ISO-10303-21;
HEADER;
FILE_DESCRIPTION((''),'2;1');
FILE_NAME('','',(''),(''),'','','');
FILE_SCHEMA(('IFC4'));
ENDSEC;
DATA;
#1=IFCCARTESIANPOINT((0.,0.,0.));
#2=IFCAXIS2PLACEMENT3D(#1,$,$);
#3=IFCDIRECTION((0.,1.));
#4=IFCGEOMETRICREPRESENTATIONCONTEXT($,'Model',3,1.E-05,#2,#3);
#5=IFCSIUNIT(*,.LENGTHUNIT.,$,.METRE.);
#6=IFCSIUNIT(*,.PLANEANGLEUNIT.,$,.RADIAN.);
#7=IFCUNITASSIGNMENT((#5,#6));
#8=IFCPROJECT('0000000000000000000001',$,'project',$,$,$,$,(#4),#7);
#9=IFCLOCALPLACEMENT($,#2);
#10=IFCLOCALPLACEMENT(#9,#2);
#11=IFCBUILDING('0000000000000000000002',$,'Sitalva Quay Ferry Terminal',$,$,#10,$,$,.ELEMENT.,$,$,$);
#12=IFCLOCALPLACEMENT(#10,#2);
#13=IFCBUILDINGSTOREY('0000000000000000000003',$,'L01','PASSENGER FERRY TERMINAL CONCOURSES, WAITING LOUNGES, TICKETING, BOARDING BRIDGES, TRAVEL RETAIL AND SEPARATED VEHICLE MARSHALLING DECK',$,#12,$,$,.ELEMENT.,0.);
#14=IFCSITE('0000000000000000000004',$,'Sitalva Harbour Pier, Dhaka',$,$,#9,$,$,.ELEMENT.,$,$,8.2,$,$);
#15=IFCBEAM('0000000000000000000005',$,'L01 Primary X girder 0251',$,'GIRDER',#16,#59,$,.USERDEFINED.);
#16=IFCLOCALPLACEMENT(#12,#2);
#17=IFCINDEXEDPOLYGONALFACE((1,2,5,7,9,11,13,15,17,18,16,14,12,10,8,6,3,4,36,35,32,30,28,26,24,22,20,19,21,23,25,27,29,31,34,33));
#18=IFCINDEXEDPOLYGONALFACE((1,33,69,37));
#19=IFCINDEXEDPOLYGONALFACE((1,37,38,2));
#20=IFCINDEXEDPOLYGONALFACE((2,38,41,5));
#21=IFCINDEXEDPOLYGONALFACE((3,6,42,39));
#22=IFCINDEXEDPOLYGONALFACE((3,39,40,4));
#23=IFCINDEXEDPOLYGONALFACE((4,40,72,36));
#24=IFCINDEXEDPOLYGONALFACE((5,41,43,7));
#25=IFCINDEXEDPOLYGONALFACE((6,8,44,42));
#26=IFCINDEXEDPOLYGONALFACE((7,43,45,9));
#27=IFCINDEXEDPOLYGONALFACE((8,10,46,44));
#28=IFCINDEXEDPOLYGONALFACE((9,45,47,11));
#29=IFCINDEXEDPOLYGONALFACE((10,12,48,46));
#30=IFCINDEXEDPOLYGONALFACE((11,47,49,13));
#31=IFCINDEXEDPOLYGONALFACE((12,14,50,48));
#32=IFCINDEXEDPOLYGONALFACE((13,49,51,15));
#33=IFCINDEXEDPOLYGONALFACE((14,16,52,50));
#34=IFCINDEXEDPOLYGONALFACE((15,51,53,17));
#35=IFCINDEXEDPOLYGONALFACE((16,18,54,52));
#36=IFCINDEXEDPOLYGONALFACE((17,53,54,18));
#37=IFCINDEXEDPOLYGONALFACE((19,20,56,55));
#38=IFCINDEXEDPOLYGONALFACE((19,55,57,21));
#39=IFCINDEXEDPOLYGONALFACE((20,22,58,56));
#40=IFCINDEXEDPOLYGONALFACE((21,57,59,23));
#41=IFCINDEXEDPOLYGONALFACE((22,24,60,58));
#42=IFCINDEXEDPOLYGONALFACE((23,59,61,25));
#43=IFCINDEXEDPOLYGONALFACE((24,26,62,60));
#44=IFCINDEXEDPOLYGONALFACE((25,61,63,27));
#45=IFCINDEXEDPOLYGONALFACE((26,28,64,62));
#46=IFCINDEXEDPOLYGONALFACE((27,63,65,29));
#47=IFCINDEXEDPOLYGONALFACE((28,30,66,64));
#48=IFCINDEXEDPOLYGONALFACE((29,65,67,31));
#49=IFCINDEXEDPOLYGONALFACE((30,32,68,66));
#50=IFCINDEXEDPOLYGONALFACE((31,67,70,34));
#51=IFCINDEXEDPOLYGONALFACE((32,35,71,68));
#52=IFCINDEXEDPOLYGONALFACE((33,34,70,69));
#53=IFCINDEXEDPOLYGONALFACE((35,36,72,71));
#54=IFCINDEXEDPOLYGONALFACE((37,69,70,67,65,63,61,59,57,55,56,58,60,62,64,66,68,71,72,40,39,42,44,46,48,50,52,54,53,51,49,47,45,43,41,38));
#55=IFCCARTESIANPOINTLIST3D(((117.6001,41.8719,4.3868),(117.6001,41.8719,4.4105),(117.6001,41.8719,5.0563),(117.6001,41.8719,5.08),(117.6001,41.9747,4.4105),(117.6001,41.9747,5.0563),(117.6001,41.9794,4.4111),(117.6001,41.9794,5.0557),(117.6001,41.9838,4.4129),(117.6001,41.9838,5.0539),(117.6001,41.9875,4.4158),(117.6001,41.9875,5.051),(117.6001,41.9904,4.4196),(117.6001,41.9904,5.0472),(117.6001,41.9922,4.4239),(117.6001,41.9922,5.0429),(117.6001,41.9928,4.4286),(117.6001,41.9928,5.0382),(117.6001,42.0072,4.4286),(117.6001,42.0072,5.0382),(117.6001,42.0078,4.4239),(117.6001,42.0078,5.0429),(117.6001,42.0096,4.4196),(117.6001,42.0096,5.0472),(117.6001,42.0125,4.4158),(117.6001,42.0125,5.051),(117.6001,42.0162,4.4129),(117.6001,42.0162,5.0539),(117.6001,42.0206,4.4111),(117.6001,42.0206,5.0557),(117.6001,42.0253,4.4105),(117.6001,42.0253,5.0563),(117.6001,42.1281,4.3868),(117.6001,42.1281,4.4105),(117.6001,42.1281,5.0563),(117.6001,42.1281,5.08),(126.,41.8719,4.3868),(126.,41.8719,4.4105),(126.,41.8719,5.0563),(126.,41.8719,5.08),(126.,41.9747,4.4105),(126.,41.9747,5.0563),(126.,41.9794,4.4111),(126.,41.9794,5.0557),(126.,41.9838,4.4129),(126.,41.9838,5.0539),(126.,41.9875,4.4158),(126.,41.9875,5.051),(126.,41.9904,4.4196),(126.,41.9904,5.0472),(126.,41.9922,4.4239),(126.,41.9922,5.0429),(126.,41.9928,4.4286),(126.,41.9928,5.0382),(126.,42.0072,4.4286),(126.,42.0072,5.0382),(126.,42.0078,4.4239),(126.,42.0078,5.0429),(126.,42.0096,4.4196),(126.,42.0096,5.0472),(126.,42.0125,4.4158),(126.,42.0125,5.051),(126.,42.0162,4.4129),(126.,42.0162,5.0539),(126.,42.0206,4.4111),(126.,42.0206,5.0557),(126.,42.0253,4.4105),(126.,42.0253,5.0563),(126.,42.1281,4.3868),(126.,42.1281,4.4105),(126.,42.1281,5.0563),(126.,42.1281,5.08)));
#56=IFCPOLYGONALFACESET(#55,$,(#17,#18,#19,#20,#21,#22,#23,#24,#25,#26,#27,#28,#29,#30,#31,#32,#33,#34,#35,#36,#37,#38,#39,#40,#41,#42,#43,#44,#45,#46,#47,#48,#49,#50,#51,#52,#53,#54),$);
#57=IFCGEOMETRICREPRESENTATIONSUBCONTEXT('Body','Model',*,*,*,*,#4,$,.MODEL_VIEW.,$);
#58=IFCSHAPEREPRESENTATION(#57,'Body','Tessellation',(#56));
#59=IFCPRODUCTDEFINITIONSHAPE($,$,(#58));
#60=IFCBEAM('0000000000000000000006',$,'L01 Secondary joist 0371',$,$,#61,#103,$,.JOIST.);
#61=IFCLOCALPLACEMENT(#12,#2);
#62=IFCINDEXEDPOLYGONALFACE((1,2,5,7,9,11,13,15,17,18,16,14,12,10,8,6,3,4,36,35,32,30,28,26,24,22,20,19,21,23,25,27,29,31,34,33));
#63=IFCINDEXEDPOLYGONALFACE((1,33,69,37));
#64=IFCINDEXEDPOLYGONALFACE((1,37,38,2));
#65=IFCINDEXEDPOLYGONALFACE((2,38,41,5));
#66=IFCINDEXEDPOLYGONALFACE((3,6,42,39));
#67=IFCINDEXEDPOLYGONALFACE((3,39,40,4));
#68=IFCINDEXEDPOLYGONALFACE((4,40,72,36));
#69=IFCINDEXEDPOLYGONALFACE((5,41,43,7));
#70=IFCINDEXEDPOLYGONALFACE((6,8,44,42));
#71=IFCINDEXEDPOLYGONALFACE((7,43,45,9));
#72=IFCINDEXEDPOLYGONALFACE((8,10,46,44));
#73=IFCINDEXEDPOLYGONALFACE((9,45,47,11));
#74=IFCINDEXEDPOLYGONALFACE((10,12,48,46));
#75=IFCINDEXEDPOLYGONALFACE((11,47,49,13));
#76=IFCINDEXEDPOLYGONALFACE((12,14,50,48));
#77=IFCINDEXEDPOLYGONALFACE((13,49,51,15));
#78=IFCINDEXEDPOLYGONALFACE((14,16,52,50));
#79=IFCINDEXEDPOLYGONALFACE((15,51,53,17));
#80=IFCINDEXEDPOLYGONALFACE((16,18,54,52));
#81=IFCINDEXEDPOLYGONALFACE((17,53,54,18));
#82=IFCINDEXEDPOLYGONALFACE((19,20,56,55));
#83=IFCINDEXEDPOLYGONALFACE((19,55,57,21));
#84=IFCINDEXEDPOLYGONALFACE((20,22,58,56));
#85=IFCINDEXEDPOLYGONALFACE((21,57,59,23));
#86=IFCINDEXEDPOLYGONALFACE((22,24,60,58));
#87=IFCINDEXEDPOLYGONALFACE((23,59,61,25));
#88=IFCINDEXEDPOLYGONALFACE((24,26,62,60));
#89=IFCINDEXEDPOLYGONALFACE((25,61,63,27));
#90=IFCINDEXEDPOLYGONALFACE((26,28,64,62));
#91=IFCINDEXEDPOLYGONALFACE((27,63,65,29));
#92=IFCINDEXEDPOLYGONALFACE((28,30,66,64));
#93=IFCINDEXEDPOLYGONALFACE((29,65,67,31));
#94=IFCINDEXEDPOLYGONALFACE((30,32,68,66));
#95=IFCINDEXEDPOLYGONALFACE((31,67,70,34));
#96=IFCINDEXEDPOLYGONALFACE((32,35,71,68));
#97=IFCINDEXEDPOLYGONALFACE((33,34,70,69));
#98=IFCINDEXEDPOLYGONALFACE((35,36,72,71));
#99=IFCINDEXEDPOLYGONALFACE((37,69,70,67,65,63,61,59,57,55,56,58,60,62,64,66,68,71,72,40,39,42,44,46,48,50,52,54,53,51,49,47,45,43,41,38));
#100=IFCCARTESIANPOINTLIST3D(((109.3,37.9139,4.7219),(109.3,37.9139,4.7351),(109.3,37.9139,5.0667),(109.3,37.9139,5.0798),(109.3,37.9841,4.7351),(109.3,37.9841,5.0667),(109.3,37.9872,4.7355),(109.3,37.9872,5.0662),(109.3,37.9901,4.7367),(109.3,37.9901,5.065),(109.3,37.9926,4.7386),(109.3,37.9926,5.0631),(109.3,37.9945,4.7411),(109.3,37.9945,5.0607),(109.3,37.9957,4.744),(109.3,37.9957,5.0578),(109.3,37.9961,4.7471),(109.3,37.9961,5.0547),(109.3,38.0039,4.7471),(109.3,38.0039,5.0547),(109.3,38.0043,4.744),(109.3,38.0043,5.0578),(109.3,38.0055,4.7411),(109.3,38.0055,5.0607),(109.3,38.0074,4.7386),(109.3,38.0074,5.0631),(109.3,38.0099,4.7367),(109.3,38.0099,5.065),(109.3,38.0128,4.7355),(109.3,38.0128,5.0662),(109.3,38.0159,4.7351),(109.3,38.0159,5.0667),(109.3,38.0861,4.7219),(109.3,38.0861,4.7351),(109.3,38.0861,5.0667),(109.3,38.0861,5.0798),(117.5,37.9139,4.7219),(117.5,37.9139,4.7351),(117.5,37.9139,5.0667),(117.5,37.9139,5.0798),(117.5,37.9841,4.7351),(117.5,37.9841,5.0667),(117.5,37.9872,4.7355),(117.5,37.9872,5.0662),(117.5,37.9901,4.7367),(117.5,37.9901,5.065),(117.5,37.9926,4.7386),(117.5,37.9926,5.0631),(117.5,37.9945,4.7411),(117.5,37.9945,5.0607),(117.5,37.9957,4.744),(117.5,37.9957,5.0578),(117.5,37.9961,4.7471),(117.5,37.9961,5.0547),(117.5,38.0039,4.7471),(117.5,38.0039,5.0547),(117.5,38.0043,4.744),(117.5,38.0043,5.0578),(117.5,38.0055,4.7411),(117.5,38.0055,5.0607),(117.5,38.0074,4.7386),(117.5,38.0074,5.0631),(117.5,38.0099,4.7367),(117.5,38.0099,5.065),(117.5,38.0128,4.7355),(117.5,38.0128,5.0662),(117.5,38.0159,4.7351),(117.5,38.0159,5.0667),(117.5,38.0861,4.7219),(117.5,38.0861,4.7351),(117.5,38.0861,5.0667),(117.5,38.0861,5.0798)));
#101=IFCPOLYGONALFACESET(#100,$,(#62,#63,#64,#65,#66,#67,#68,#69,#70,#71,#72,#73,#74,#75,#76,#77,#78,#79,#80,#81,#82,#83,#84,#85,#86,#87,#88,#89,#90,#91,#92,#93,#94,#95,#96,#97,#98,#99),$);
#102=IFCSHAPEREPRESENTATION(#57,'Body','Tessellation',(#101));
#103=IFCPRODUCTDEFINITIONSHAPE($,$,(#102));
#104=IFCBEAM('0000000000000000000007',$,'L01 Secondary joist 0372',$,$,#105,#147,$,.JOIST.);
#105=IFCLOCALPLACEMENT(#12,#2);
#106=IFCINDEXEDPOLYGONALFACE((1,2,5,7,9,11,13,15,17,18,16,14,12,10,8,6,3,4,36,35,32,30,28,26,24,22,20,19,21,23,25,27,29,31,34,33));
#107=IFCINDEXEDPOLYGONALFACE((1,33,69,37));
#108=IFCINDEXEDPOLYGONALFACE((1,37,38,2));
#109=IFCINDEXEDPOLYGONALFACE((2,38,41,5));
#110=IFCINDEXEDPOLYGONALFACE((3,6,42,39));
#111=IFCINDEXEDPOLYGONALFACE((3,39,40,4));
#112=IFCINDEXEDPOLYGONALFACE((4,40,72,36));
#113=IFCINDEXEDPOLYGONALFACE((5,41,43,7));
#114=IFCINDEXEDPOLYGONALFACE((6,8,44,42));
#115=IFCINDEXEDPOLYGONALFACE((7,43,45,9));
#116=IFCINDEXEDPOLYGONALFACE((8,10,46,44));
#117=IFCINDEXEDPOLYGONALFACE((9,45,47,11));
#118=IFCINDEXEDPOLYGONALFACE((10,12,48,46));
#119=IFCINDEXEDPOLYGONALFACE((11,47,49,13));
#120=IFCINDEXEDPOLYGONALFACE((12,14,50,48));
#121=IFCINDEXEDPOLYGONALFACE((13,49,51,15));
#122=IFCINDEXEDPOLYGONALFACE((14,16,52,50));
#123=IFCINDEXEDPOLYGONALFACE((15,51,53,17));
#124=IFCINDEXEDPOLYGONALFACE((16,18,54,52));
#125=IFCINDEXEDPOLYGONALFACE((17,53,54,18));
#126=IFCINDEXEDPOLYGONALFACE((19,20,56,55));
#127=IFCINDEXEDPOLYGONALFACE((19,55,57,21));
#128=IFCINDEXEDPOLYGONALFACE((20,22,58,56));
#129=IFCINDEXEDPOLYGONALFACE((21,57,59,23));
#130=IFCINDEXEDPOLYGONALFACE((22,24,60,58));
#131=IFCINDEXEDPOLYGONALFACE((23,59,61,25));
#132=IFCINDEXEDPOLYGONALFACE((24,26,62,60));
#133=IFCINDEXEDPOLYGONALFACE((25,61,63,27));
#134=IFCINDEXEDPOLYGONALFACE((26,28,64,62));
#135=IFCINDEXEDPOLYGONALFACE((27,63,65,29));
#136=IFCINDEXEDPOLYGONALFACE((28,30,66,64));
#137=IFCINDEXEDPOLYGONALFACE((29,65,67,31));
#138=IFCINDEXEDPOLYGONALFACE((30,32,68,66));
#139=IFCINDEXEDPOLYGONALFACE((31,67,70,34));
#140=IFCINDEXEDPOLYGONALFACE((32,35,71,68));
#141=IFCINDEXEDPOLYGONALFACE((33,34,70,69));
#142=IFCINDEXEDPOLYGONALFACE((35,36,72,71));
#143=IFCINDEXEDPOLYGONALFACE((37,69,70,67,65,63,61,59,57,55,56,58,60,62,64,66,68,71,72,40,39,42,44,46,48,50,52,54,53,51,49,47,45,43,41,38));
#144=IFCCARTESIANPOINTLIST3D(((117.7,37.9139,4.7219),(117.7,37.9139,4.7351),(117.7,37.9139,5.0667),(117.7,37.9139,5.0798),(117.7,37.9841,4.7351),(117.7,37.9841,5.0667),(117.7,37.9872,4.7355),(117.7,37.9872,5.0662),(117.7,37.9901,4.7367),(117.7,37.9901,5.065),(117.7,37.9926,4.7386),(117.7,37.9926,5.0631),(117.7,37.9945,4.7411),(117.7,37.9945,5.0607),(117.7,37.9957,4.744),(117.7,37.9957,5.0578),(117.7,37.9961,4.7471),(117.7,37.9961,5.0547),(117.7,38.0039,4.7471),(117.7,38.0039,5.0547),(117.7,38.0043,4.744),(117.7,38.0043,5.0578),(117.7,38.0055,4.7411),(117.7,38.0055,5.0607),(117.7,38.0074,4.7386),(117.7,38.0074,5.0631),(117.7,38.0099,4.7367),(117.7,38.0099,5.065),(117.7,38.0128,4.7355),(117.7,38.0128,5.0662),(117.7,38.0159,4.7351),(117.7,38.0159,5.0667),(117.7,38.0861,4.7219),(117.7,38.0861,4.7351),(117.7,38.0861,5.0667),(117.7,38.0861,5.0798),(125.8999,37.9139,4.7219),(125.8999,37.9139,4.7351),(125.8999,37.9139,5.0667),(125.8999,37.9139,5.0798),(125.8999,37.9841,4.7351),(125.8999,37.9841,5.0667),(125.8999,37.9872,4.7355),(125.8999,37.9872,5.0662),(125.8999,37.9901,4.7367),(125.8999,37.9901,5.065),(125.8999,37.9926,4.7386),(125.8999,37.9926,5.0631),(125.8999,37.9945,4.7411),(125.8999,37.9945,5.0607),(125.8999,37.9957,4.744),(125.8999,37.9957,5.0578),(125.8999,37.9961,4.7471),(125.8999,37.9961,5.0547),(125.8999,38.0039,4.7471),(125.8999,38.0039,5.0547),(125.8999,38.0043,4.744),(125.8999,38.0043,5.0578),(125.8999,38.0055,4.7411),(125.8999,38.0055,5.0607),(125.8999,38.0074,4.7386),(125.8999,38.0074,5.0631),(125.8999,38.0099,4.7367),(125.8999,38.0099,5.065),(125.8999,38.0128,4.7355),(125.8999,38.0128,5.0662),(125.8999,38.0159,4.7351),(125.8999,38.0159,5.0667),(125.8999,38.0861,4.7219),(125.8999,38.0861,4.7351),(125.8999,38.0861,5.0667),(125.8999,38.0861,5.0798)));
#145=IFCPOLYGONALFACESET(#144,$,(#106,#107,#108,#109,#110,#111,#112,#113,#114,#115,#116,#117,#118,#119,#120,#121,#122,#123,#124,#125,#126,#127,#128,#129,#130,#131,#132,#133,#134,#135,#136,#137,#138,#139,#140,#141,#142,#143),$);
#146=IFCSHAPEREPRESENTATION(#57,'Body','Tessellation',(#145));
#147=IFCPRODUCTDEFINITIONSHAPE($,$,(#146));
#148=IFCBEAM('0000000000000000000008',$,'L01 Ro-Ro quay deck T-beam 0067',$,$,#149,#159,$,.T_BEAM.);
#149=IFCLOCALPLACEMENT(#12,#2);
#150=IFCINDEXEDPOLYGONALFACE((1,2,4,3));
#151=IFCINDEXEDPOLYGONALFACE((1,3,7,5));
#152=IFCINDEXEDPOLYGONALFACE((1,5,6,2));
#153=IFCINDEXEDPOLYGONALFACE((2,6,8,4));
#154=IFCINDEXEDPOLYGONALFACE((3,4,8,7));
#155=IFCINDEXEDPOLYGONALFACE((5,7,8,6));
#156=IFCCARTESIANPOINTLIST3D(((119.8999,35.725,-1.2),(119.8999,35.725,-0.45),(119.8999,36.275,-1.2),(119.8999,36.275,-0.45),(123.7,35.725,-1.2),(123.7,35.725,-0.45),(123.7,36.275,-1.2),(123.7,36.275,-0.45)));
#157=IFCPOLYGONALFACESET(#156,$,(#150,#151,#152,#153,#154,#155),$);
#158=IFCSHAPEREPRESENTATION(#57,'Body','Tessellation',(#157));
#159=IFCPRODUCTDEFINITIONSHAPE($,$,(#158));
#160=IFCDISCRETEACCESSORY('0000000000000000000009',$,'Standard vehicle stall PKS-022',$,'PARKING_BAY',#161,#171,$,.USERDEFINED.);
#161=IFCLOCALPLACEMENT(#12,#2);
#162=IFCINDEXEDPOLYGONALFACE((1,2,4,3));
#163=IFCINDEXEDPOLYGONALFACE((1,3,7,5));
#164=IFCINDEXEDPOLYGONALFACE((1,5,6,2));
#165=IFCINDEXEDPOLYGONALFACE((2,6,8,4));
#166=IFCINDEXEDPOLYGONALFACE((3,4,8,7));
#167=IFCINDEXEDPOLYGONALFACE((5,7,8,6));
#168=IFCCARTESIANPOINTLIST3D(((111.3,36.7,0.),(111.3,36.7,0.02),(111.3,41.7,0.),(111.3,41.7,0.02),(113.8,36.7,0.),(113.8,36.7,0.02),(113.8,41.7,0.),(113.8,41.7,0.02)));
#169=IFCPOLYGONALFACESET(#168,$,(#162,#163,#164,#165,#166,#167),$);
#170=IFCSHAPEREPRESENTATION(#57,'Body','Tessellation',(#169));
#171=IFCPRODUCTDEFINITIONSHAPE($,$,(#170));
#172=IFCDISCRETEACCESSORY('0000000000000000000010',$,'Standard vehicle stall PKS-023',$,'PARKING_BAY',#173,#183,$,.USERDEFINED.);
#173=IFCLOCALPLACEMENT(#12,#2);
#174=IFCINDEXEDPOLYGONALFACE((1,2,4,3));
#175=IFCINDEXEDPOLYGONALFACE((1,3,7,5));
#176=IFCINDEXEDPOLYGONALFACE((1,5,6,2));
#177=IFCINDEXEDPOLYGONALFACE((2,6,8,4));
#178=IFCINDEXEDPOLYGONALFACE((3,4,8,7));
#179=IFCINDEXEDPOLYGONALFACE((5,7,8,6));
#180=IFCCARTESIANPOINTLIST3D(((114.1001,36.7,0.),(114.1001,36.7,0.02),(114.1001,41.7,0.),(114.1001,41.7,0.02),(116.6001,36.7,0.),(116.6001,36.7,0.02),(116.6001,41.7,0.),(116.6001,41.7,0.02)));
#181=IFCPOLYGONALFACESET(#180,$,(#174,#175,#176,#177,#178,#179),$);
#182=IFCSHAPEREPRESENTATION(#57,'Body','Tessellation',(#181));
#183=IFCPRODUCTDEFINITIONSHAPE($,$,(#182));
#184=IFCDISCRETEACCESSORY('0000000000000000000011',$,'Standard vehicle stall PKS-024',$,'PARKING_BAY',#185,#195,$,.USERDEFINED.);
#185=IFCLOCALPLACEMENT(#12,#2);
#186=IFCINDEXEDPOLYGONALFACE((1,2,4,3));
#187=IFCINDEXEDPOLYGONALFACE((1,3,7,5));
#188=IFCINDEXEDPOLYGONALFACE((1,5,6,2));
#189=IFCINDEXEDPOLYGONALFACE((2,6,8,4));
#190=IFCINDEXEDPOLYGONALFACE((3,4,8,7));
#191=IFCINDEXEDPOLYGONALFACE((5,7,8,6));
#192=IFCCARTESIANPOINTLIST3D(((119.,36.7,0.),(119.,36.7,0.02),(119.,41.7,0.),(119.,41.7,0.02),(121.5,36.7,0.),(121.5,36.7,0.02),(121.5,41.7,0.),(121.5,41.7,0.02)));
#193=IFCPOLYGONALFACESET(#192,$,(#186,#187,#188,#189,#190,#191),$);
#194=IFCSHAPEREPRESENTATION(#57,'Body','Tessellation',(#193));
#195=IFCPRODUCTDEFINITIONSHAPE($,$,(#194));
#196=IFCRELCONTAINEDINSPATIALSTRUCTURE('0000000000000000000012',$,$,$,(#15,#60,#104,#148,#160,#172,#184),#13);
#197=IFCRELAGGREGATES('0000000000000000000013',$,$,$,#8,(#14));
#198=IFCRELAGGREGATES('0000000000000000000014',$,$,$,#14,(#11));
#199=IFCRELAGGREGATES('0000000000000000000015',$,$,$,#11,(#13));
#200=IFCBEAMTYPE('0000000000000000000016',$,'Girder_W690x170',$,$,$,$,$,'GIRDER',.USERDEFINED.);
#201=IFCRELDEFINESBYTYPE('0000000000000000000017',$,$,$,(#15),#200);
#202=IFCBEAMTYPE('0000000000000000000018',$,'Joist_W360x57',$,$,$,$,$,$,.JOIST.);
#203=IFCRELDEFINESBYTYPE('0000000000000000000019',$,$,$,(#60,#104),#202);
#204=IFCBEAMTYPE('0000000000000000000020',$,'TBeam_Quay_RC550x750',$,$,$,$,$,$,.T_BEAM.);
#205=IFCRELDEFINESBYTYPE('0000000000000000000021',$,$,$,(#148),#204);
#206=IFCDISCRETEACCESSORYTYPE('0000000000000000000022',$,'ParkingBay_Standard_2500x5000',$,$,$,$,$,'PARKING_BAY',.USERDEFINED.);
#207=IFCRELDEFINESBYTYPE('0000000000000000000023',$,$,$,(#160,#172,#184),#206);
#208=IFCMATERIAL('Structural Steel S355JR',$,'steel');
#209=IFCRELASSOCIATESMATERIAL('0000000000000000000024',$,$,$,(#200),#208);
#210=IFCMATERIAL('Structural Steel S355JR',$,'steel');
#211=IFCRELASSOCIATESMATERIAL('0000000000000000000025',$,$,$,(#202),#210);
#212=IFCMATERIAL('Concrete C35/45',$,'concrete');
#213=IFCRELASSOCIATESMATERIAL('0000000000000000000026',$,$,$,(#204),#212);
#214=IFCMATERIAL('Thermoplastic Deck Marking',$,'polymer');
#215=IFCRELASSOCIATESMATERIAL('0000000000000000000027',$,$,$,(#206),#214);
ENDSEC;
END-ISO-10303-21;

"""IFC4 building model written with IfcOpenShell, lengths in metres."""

from ifc_helpers import new_model, si_unit, direction, frame, origin, origin_2d, place, context, subcontext, project, spatial, rectangle, i_section, extrude, material, material_profile, profile_set, type_object, element, save


model = new_model("IFC4")

# Units and contexts
model_context = context("Model", 3, precision=1e-05, world=origin(), true_north=direction((0.0, 1.0)))
body_context = subcontext(model_context, "Body", "Model", "MODEL_VIEW")
ifc_project = project(units=[si_unit("LENGTHUNIT", "METRE"), si_unit("PLANEANGLEUNIT", "RADIAN")], contexts=[model_context])

# Site, building, storey
site_placement = place(None, origin())
site = spatial("IfcSite", under=ifc_project, at=site_placement, Name="Sitalva Harbour Pier, Dhaka", CompositionType="ELEMENT", RefElevation=8.2)
building_placement = place(site_placement, origin())
building = spatial("IfcBuilding", under=site, at=building_placement, Name="Sitalva Quay Ferry Terminal", CompositionType="ELEMENT")
storey_placement = place(building_placement, origin())
storey = spatial("IfcBuildingStorey", under=building, at=storey_placement, Name="L01", Description="PASSENGER FERRY TERMINAL CONCOURSES, WAITING LOUNGES, TICKETING, BOARDING BRIDGES, TRAVEL RETAIL AND SEPARATED VEHICLE MARSHALLING DECK", CompositionType="ELEMENT", Elevation=0.0)

# Beams
ifc_material_1 = material(Name="Structural Steel S355JR", Category="steel")
ifc_material_profile_1 = material_profile(ifc_material_1, i_section(OverallWidth=0.2561, OverallDepth=0.6931, WebThickness=0.0144, FlangeThickness=0.0237, FilletRadius=0.0181, at=origin_2d()), Name="W690x170")
ifc_profile_set_1 = profile_set([ifc_material_profile_1], Name="Structural Steel S355JR")
beam_type_1 = type_object("IfcBeamType", Name="Girder_W690x170", ElementType="GIRDER", PredefinedType="USERDEFINED", material=ifc_profile_set_1)
beam_1_placement = place(storey_placement, frame((117.6001, 42.0, 4.7334), z_axis=(1.0, 0.0, 0.0), x_axis=(0.0, 1.0, 0.0)))
element("IfcBeam", 1, at=beam_1_placement, inside=storey, type_object=beam_type_1, Name="L01 Primary X girder 0251", ObjectType="GIRDER", PredefinedType="USERDEFINED", context=body_context, shape_type="SweptSolid", body=[
    extrude(i_section(OverallWidth=0.2561, OverallDepth=0.6931, WebThickness=0.0144, FlangeThickness=0.0237, FilletRadius=0.0181, at=origin_2d()), origin(), (0.0, 0.0, 1.0), 8.3999),
])
ifc_material_2 = material(Name="Structural Steel S355JR", Category="steel")
ifc_material_profile_2 = material_profile(ifc_material_2, i_section(OverallWidth=0.1721, OverallDepth=0.3579, WebThickness=0.0078, FlangeThickness=0.0132, FilletRadius=0.012, at=origin_2d()), Name="W360x57")
ifc_profile_set_2 = profile_set([ifc_material_profile_2], Name="Structural Steel S355JR")
beam_type_2 = type_object("IfcBeamType", Name="Joist_W360x57", PredefinedType="JOIST", material=ifc_profile_set_2)
for number, where, z_axis, x_axis, name in (
    (2, (109.3, 38.0, 4.9009), (1.0, 0.0, 0.0), (0.0, 1.0, 0.0), "L01 Secondary joist 0371"),
    (3, (117.7, 38.0, 4.9009), (1.0, 0.0, 0.0), (0.0, 1.0, 0.0), "L01 Secondary joist 0372"),
):
    element("IfcBeam", number, at=place(storey_placement, frame(where, z_axis=z_axis, x_axis=x_axis)), inside=storey, type_object=beam_type_2, Name=name, PredefinedType="JOIST", context=body_context, shape_type="SweptSolid", body=[
        extrude(i_section(OverallWidth=0.1721, OverallDepth=0.3579, WebThickness=0.0078, FlangeThickness=0.0132, FilletRadius=0.012, at=origin_2d()), origin(), (0.0, 0.0, 1.0), 8.2),
    ])
ifc_material_3 = material(Name="Concrete C35/45", Category="concrete")
ifc_material_profile_3 = material_profile(ifc_material_3, rectangle(XDim=0.55, YDim=0.75, at=origin_2d()), Name="RC550x750")
ifc_profile_set_3 = profile_set([ifc_material_profile_3], Name="Concrete C35/45")
beam_type_3 = type_object("IfcBeamType", Name="TBeam_Quay_RC550x750", PredefinedType="T_BEAM", material=ifc_profile_set_3)
beam_2_placement = place(storey_placement, frame((119.8999, 36.0, -0.825), z_axis=(1.0, 0.0, 0.0), x_axis=(0.0, 1.0, 0.0)))
element("IfcBeam", 4, at=beam_2_placement, inside=storey, type_object=beam_type_3, Name="L01 Ro-Ro quay deck T-beam 0067", PredefinedType="T_BEAM", context=body_context, shape_type="SweptSolid", body=[
    extrude(rectangle(XDim=0.55, YDim=0.75, at=origin_2d()), origin(), (0.0, 0.0, 1.0), 3.8),
])

# Discrete accessories
ifc_material_4 = material(Name="Thermoplastic Deck Marking", Category="polymer")
discrete_accessory_type_1 = type_object("IfcDiscreteAccessoryType", Name="ParkingBay_Standard_2500x5000", ElementType="PARKING_BAY", PredefinedType="USERDEFINED", material=ifc_material_4)
for number, where, z_axis, x_axis, name in (
    (5, (112.55, 39.2, 0.0), (0.0, 0.0, 1.0), (1.0, 0.0, 0.0), "Standard vehicle stall PKS-022"),
    (6, (115.3501, 39.2, 0.0), (0.0, 0.0, 1.0), (1.0, 0.0, 0.0), "Standard vehicle stall PKS-023"),
    (7, (120.25, 39.2, 0.0), (0.0, 0.0, 1.0), (1.0, 0.0, 0.0), "Standard vehicle stall PKS-024"),
):
    element("IfcDiscreteAccessory", number, at=place(storey_placement, frame(where, z_axis=z_axis, x_axis=x_axis)), inside=storey, type_object=discrete_accessory_type_1, Name=name, ObjectType="PARKING_BAY", PredefinedType="USERDEFINED", context=body_context, shape_type="SweptSolid", body=[
        extrude(rectangle(XDim=2.5, YDim=5.0, at=origin_2d()), origin(), (0.0, 0.0, 1.0), 0.02),
    ])

save(model, "model.ifc")
